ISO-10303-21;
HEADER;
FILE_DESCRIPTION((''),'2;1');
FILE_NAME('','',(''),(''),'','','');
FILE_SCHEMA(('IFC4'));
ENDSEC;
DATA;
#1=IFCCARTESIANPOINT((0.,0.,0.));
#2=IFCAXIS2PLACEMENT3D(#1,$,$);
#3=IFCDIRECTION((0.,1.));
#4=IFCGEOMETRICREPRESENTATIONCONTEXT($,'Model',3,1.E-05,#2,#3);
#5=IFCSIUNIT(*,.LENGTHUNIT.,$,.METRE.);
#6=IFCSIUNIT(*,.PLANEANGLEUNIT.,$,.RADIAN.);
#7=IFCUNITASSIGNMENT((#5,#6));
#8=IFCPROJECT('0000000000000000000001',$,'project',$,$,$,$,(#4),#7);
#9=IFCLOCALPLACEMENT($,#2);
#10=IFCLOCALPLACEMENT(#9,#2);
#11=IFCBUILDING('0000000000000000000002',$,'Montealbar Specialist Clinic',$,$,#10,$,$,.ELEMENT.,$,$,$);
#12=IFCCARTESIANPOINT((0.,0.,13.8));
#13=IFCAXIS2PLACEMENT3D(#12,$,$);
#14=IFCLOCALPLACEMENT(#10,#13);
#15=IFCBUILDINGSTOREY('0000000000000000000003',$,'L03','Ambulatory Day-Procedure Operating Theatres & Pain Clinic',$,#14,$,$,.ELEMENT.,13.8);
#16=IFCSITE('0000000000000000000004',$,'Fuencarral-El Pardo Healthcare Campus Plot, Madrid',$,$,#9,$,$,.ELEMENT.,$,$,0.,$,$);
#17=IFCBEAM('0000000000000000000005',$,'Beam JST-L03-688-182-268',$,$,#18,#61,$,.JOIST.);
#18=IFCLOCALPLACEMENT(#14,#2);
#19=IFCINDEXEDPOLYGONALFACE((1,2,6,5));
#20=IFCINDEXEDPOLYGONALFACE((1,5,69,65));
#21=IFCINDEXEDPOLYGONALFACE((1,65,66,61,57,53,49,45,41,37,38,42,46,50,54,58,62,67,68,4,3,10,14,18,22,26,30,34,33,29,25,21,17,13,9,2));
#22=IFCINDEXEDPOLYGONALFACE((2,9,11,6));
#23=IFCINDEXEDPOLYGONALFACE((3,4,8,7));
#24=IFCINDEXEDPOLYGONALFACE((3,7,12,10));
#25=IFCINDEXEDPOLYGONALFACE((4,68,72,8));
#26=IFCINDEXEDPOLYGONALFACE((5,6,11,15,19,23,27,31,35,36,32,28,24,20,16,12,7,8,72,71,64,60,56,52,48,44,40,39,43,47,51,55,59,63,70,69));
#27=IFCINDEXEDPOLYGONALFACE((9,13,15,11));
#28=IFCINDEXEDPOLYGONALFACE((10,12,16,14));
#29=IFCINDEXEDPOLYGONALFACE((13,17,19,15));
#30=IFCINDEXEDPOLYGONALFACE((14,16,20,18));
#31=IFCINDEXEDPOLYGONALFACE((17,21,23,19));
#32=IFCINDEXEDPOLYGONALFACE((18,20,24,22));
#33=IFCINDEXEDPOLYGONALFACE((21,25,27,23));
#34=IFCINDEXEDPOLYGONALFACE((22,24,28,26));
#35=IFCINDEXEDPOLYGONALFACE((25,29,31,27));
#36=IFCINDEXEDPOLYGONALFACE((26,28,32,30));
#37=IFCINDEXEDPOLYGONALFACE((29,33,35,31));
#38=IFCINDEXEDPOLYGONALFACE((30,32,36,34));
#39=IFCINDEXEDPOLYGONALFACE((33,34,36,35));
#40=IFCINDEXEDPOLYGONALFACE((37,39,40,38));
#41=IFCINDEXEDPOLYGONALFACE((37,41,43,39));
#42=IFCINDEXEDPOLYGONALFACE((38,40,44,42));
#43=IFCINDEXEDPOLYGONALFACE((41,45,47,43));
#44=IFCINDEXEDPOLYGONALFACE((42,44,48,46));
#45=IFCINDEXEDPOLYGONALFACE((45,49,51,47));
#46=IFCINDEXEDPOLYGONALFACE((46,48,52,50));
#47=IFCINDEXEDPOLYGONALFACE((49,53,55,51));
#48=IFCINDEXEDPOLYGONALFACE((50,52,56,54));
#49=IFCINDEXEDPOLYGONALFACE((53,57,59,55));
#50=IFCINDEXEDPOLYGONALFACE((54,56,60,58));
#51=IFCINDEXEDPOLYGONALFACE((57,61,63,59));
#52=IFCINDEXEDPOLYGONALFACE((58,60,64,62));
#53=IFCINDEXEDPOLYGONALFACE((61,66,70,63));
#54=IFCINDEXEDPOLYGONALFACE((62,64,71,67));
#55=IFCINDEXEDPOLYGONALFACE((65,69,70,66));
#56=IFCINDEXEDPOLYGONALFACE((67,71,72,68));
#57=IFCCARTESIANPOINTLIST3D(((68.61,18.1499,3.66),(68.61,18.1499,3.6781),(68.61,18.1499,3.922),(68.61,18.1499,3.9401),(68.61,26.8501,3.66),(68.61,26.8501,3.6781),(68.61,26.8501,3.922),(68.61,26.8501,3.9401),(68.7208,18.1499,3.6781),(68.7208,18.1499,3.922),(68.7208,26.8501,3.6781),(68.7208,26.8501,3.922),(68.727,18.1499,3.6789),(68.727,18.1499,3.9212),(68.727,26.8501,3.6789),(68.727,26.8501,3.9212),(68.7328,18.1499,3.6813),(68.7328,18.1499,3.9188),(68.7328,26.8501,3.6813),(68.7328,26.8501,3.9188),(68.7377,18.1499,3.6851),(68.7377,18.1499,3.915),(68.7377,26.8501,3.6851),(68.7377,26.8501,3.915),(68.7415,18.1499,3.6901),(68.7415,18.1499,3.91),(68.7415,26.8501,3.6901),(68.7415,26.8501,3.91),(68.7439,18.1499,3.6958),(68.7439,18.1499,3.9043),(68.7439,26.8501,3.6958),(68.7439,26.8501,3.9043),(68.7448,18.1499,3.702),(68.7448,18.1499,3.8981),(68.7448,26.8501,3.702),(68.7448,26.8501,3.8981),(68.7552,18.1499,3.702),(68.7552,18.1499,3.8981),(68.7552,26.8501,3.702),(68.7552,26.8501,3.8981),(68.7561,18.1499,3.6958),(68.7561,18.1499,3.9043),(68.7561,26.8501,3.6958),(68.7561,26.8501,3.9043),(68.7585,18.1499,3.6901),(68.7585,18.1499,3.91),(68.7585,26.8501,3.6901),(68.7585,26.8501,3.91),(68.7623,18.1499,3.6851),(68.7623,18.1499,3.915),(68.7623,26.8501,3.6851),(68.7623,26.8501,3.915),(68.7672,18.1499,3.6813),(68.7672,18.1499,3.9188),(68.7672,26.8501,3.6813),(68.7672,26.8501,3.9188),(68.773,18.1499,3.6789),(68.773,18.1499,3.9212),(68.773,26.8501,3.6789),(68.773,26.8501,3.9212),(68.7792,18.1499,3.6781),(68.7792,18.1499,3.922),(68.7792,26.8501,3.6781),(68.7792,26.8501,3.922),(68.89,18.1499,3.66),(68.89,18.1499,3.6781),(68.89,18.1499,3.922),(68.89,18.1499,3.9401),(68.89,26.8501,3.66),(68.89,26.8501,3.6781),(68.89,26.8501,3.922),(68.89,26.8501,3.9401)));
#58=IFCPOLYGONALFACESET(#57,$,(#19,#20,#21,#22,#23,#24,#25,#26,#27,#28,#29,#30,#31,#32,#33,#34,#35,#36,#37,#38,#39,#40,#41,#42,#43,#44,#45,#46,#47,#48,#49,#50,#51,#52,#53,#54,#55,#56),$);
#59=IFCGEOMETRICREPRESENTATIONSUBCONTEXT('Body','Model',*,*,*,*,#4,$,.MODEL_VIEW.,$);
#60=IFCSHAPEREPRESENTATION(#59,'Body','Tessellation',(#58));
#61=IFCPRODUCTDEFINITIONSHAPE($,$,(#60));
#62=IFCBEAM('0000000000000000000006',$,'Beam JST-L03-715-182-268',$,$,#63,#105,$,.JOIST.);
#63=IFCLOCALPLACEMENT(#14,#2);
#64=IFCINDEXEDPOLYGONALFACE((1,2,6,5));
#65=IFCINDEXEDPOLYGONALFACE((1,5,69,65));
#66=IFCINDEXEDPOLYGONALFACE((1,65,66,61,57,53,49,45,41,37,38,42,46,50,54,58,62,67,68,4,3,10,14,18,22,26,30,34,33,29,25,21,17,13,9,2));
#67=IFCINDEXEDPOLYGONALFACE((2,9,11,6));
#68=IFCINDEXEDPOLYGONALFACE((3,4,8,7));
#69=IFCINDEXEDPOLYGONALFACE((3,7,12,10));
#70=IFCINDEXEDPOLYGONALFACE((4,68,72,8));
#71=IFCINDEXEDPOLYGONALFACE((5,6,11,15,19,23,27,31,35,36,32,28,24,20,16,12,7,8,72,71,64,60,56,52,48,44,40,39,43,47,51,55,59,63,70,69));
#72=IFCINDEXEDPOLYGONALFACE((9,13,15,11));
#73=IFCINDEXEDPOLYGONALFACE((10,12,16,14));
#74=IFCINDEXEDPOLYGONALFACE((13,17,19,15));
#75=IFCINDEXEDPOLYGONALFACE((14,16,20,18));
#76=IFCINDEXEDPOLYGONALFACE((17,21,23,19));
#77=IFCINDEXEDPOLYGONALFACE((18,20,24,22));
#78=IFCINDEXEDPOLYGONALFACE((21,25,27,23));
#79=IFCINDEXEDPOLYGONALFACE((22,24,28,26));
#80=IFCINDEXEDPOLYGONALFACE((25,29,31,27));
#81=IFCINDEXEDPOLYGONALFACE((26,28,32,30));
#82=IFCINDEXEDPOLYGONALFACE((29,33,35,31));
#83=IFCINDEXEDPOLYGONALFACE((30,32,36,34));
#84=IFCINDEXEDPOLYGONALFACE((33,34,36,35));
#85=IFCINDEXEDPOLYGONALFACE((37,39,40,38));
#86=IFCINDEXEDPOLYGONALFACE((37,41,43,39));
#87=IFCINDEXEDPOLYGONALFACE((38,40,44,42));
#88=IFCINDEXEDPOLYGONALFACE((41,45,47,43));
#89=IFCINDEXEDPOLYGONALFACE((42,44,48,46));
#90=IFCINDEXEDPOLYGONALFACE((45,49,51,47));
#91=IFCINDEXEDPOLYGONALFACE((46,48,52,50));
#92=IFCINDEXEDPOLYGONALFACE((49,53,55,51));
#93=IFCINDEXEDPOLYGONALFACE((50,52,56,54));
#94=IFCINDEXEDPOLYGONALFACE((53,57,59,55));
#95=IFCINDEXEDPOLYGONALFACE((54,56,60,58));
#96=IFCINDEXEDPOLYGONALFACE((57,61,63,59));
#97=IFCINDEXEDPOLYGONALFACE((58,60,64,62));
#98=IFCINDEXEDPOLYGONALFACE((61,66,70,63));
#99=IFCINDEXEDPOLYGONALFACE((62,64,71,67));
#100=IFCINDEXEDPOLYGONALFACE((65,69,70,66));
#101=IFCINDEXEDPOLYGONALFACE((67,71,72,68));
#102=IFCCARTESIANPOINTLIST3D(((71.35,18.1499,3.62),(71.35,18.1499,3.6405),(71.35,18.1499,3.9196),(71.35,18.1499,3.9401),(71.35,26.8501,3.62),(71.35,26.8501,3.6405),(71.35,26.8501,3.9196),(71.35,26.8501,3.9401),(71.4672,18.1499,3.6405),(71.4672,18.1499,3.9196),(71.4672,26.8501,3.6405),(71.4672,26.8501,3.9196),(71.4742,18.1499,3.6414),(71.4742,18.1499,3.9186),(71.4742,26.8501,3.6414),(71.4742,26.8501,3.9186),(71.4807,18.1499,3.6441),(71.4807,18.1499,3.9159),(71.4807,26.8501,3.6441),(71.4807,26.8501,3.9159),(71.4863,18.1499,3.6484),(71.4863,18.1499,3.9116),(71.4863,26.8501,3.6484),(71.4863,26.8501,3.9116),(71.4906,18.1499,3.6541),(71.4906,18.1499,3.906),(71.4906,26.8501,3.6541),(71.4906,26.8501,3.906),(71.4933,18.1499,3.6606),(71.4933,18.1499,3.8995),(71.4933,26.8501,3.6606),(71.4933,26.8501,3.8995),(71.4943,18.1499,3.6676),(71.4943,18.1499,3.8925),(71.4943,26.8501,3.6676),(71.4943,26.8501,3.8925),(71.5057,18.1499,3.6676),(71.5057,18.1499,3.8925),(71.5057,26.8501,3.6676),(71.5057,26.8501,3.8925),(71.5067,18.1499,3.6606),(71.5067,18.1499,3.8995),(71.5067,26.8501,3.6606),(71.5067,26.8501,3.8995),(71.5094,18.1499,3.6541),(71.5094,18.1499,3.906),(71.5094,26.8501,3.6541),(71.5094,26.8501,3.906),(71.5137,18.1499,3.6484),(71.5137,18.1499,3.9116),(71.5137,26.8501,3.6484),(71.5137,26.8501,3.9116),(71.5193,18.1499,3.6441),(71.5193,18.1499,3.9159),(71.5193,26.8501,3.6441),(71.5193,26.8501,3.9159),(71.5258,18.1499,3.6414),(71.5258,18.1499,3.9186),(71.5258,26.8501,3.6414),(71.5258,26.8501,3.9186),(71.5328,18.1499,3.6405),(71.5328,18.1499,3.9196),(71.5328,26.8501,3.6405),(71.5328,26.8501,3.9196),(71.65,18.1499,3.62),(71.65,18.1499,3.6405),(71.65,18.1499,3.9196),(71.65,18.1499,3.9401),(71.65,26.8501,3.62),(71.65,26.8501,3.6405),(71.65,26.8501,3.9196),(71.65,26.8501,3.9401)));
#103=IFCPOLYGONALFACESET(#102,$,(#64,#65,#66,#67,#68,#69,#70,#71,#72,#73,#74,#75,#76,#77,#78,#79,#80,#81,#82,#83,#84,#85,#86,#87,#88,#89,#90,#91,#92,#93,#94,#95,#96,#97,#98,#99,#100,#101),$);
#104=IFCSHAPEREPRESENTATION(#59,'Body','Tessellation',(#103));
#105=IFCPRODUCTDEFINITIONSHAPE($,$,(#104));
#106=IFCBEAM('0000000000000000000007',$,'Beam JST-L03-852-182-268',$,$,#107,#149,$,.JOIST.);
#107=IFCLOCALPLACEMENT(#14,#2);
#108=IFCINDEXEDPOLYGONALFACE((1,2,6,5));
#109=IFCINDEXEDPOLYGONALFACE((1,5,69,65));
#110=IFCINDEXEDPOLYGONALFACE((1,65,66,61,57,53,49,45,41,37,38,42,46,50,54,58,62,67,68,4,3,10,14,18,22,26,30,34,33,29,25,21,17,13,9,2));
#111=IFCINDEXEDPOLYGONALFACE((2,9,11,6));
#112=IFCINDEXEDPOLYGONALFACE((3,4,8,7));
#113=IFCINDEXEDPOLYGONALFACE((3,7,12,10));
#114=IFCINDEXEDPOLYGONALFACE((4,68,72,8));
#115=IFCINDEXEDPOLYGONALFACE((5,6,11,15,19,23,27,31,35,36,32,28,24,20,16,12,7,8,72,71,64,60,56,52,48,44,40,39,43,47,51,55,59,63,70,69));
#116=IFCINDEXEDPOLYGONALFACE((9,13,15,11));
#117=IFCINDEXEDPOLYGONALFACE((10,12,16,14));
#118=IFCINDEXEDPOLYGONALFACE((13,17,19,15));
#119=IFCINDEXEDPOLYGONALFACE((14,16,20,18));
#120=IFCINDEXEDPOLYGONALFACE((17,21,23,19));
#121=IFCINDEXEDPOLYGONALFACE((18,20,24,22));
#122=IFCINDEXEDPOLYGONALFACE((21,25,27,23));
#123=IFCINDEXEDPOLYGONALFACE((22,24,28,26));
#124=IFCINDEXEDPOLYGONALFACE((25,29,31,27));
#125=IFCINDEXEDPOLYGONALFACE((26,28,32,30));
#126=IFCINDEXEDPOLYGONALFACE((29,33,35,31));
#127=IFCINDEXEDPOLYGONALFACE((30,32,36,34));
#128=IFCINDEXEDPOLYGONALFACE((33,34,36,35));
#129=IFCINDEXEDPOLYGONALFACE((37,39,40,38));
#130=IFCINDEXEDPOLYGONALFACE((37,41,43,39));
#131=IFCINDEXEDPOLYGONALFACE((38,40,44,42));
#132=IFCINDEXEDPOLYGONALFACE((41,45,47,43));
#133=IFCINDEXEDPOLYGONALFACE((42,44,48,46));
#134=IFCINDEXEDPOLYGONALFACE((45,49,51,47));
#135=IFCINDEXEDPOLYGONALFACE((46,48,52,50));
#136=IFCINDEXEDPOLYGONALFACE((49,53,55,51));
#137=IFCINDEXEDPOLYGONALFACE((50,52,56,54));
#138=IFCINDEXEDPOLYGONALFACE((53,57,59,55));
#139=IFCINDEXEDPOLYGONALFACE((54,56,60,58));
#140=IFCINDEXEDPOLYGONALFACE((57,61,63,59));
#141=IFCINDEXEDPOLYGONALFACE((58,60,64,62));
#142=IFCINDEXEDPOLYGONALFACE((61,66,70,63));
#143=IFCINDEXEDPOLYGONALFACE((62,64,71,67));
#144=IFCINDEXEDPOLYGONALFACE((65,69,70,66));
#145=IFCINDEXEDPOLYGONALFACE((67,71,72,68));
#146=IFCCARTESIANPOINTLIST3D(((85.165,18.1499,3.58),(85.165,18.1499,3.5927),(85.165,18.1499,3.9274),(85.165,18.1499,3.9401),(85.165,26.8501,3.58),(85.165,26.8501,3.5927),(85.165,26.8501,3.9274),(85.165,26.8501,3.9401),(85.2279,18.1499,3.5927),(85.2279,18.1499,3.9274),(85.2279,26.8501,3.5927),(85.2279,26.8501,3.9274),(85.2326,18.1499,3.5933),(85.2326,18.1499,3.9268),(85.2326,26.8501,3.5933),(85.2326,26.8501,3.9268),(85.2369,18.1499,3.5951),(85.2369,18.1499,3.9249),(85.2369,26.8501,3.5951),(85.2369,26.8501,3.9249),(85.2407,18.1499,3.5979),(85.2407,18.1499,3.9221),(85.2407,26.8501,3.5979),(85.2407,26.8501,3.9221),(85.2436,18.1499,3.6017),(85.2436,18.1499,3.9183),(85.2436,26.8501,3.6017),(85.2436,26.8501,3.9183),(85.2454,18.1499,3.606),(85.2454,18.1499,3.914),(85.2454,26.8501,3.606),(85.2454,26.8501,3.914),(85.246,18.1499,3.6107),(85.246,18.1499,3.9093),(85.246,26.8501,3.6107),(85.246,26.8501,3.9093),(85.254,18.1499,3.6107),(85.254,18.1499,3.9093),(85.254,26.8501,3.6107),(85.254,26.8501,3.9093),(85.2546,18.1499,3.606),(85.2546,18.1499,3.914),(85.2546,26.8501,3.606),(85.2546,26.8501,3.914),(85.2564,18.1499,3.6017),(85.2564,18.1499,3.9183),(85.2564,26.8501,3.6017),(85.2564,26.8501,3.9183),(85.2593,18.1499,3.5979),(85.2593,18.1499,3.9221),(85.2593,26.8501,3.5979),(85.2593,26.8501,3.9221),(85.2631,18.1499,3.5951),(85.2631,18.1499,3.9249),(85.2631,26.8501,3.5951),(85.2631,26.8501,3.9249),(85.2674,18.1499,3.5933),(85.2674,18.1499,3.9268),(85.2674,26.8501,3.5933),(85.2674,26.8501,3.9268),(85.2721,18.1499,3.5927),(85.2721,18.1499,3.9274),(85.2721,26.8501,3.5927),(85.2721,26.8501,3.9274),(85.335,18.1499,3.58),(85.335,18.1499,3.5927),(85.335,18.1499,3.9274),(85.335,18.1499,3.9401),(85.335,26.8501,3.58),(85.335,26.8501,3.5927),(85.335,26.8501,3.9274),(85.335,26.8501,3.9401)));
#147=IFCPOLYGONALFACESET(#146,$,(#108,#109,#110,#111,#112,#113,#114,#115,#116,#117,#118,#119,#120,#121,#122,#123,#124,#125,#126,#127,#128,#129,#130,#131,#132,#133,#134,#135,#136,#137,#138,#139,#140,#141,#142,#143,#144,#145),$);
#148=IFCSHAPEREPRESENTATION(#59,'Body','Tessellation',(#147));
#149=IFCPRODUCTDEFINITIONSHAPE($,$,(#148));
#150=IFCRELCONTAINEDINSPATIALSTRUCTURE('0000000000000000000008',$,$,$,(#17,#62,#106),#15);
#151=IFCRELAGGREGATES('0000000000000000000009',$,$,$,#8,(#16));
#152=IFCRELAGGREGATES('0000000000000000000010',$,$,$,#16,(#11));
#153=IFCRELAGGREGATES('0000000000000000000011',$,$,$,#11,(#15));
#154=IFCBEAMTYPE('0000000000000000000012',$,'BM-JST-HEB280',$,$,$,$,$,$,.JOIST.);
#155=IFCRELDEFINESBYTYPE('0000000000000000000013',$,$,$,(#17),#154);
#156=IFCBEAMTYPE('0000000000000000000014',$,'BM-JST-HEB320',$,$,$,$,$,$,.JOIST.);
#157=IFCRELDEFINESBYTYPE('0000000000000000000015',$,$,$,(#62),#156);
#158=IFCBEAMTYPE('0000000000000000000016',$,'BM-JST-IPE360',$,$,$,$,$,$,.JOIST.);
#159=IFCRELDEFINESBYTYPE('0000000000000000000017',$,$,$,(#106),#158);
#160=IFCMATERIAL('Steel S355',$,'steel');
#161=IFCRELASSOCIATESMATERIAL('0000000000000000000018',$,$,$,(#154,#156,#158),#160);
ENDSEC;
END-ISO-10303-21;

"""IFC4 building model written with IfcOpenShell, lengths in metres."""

from ifc_helpers import new_model, si_unit, direction, frame, origin, origin_2d, place, context, subcontext, project, spatial, i_section, extrude, material, material_profile, profile_set, type_object, element, save


model = new_model("IFC4")

# Units and contexts
model_context = context("Model", 3, precision=1e-05, world=origin(), true_north=direction((0.0, 1.0)))
body_context = subcontext(model_context, "Body", "Model", "MODEL_VIEW")
ifc_project = project(units=[si_unit("LENGTHUNIT", "METRE"), si_unit("PLANEANGLEUNIT", "RADIAN")], contexts=[model_context])

# Site, building, storey
site_placement = place(None, origin())
site = spatial("IfcSite", under=ifc_project, at=site_placement, Name="Fuencarral-El Pardo Healthcare Campus Plot, Madrid", CompositionType="ELEMENT", RefElevation=0.0)
building_placement = place(site_placement, origin())
building = spatial("IfcBuilding", under=site, at=building_placement, Name="Montealbar Specialist Clinic", CompositionType="ELEMENT")
storey_placement = place(building_placement, frame((0.0, 0.0, 13.8)))
storey = spatial("IfcBuildingStorey", under=building, at=storey_placement, Name="L03", Description="Ambulatory Day-Procedure Operating Theatres & Pain Clinic", CompositionType="ELEMENT", Elevation=13.8)

# Shared definitions
ifc_material_1 = material(Name="Steel S355", Category="steel")

# Beams
ifc_material_profile_1 = material_profile(ifc_material_1, i_section(OverallWidth=0.28, OverallDepth=0.28, WebThickness=0.0105, FlangeThickness=0.0181, FilletRadius=0.0239, at=origin_2d()), Name="HEB 280", Category="steel")
ifc_profile_set_1 = profile_set([ifc_material_profile_1], Name="Steel S355")
beam_type_1 = type_object("IfcBeamType", Name="BM-JST-HEB280", PredefinedType="JOIST", material=ifc_profile_set_1)
beam_1_placement = place(storey_placement, frame((68.75, 18.1499, 3.8), z_axis=(0.0, 1.0, 0.0), x_axis=(-1.0, 0.0, 0.0)))
element("IfcBeam", 1, at=beam_1_placement, inside=storey, type_object=beam_type_1, Name="Beam JST-L03-688-182-268", PredefinedType="JOIST", context=body_context, shape_type="SweptSolid", body=[
    extrude(i_section(OverallWidth=0.28, OverallDepth=0.28, WebThickness=0.0105, FlangeThickness=0.0181, FilletRadius=0.0239, at=origin_2d()), origin(), (0.0, 0.0, 1.0), 8.7002),
])
ifc_material_profile_2 = material_profile(ifc_material_1, i_section(OverallWidth=0.3, OverallDepth=0.3201, WebThickness=0.0115, FlangeThickness=0.0205, FilletRadius=0.0271, at=origin_2d()), Name="HEB 320", Category="steel")
ifc_profile_set_2 = profile_set([ifc_material_profile_2], Name="Steel S355")
beam_type_2 = type_object("IfcBeamType", Name="BM-JST-HEB320", PredefinedType="JOIST", material=ifc_profile_set_2)
beam_2_placement = place(storey_placement, frame((71.5, 18.1499, 3.78), z_axis=(0.0, 1.0, 0.0), x_axis=(-1.0, 0.0, 0.0)))
element("IfcBeam", 2, at=beam_2_placement, inside=storey, type_object=beam_type_2, Name="Beam JST-L03-715-182-268", PredefinedType="JOIST", context=body_context, shape_type="SweptSolid", body=[
    extrude(i_section(OverallWidth=0.3, OverallDepth=0.3201, WebThickness=0.0115, FlangeThickness=0.0205, FilletRadius=0.0271, at=origin_2d()), origin(), (0.0, 0.0, 1.0), 8.7002),
])
ifc_material_profile_3 = material_profile(ifc_material_1, i_section(OverallWidth=0.1699, OverallDepth=0.3601, WebThickness=0.0081, FlangeThickness=0.0127, FilletRadius=0.0181, at=origin_2d()), Name="IPE 360", Category="steel")
ifc_profile_set_3 = profile_set([ifc_material_profile_3], Name="Steel S355")
beam_type_3 = type_object("IfcBeamType", Name="BM-JST-IPE360", PredefinedType="JOIST", material=ifc_profile_set_3)
beam_3_placement = place(storey_placement, frame((85.25, 18.1499, 3.76), z_axis=(0.0, 1.0, 0.0), x_axis=(-1.0, 0.0, 0.0)))
element("IfcBeam", 3, at=beam_3_placement, inside=storey, type_object=beam_type_3, Name="Beam JST-L03-852-182-268", PredefinedType="JOIST", context=body_context, shape_type="SweptSolid", body=[
    extrude(i_section(OverallWidth=0.1699, OverallDepth=0.3601, WebThickness=0.0081, FlangeThickness=0.0127, FilletRadius=0.0181, at=origin_2d()), origin(), (0.0, 0.0, 1.0), 8.7002),
])

save(model, "model.ifc")
